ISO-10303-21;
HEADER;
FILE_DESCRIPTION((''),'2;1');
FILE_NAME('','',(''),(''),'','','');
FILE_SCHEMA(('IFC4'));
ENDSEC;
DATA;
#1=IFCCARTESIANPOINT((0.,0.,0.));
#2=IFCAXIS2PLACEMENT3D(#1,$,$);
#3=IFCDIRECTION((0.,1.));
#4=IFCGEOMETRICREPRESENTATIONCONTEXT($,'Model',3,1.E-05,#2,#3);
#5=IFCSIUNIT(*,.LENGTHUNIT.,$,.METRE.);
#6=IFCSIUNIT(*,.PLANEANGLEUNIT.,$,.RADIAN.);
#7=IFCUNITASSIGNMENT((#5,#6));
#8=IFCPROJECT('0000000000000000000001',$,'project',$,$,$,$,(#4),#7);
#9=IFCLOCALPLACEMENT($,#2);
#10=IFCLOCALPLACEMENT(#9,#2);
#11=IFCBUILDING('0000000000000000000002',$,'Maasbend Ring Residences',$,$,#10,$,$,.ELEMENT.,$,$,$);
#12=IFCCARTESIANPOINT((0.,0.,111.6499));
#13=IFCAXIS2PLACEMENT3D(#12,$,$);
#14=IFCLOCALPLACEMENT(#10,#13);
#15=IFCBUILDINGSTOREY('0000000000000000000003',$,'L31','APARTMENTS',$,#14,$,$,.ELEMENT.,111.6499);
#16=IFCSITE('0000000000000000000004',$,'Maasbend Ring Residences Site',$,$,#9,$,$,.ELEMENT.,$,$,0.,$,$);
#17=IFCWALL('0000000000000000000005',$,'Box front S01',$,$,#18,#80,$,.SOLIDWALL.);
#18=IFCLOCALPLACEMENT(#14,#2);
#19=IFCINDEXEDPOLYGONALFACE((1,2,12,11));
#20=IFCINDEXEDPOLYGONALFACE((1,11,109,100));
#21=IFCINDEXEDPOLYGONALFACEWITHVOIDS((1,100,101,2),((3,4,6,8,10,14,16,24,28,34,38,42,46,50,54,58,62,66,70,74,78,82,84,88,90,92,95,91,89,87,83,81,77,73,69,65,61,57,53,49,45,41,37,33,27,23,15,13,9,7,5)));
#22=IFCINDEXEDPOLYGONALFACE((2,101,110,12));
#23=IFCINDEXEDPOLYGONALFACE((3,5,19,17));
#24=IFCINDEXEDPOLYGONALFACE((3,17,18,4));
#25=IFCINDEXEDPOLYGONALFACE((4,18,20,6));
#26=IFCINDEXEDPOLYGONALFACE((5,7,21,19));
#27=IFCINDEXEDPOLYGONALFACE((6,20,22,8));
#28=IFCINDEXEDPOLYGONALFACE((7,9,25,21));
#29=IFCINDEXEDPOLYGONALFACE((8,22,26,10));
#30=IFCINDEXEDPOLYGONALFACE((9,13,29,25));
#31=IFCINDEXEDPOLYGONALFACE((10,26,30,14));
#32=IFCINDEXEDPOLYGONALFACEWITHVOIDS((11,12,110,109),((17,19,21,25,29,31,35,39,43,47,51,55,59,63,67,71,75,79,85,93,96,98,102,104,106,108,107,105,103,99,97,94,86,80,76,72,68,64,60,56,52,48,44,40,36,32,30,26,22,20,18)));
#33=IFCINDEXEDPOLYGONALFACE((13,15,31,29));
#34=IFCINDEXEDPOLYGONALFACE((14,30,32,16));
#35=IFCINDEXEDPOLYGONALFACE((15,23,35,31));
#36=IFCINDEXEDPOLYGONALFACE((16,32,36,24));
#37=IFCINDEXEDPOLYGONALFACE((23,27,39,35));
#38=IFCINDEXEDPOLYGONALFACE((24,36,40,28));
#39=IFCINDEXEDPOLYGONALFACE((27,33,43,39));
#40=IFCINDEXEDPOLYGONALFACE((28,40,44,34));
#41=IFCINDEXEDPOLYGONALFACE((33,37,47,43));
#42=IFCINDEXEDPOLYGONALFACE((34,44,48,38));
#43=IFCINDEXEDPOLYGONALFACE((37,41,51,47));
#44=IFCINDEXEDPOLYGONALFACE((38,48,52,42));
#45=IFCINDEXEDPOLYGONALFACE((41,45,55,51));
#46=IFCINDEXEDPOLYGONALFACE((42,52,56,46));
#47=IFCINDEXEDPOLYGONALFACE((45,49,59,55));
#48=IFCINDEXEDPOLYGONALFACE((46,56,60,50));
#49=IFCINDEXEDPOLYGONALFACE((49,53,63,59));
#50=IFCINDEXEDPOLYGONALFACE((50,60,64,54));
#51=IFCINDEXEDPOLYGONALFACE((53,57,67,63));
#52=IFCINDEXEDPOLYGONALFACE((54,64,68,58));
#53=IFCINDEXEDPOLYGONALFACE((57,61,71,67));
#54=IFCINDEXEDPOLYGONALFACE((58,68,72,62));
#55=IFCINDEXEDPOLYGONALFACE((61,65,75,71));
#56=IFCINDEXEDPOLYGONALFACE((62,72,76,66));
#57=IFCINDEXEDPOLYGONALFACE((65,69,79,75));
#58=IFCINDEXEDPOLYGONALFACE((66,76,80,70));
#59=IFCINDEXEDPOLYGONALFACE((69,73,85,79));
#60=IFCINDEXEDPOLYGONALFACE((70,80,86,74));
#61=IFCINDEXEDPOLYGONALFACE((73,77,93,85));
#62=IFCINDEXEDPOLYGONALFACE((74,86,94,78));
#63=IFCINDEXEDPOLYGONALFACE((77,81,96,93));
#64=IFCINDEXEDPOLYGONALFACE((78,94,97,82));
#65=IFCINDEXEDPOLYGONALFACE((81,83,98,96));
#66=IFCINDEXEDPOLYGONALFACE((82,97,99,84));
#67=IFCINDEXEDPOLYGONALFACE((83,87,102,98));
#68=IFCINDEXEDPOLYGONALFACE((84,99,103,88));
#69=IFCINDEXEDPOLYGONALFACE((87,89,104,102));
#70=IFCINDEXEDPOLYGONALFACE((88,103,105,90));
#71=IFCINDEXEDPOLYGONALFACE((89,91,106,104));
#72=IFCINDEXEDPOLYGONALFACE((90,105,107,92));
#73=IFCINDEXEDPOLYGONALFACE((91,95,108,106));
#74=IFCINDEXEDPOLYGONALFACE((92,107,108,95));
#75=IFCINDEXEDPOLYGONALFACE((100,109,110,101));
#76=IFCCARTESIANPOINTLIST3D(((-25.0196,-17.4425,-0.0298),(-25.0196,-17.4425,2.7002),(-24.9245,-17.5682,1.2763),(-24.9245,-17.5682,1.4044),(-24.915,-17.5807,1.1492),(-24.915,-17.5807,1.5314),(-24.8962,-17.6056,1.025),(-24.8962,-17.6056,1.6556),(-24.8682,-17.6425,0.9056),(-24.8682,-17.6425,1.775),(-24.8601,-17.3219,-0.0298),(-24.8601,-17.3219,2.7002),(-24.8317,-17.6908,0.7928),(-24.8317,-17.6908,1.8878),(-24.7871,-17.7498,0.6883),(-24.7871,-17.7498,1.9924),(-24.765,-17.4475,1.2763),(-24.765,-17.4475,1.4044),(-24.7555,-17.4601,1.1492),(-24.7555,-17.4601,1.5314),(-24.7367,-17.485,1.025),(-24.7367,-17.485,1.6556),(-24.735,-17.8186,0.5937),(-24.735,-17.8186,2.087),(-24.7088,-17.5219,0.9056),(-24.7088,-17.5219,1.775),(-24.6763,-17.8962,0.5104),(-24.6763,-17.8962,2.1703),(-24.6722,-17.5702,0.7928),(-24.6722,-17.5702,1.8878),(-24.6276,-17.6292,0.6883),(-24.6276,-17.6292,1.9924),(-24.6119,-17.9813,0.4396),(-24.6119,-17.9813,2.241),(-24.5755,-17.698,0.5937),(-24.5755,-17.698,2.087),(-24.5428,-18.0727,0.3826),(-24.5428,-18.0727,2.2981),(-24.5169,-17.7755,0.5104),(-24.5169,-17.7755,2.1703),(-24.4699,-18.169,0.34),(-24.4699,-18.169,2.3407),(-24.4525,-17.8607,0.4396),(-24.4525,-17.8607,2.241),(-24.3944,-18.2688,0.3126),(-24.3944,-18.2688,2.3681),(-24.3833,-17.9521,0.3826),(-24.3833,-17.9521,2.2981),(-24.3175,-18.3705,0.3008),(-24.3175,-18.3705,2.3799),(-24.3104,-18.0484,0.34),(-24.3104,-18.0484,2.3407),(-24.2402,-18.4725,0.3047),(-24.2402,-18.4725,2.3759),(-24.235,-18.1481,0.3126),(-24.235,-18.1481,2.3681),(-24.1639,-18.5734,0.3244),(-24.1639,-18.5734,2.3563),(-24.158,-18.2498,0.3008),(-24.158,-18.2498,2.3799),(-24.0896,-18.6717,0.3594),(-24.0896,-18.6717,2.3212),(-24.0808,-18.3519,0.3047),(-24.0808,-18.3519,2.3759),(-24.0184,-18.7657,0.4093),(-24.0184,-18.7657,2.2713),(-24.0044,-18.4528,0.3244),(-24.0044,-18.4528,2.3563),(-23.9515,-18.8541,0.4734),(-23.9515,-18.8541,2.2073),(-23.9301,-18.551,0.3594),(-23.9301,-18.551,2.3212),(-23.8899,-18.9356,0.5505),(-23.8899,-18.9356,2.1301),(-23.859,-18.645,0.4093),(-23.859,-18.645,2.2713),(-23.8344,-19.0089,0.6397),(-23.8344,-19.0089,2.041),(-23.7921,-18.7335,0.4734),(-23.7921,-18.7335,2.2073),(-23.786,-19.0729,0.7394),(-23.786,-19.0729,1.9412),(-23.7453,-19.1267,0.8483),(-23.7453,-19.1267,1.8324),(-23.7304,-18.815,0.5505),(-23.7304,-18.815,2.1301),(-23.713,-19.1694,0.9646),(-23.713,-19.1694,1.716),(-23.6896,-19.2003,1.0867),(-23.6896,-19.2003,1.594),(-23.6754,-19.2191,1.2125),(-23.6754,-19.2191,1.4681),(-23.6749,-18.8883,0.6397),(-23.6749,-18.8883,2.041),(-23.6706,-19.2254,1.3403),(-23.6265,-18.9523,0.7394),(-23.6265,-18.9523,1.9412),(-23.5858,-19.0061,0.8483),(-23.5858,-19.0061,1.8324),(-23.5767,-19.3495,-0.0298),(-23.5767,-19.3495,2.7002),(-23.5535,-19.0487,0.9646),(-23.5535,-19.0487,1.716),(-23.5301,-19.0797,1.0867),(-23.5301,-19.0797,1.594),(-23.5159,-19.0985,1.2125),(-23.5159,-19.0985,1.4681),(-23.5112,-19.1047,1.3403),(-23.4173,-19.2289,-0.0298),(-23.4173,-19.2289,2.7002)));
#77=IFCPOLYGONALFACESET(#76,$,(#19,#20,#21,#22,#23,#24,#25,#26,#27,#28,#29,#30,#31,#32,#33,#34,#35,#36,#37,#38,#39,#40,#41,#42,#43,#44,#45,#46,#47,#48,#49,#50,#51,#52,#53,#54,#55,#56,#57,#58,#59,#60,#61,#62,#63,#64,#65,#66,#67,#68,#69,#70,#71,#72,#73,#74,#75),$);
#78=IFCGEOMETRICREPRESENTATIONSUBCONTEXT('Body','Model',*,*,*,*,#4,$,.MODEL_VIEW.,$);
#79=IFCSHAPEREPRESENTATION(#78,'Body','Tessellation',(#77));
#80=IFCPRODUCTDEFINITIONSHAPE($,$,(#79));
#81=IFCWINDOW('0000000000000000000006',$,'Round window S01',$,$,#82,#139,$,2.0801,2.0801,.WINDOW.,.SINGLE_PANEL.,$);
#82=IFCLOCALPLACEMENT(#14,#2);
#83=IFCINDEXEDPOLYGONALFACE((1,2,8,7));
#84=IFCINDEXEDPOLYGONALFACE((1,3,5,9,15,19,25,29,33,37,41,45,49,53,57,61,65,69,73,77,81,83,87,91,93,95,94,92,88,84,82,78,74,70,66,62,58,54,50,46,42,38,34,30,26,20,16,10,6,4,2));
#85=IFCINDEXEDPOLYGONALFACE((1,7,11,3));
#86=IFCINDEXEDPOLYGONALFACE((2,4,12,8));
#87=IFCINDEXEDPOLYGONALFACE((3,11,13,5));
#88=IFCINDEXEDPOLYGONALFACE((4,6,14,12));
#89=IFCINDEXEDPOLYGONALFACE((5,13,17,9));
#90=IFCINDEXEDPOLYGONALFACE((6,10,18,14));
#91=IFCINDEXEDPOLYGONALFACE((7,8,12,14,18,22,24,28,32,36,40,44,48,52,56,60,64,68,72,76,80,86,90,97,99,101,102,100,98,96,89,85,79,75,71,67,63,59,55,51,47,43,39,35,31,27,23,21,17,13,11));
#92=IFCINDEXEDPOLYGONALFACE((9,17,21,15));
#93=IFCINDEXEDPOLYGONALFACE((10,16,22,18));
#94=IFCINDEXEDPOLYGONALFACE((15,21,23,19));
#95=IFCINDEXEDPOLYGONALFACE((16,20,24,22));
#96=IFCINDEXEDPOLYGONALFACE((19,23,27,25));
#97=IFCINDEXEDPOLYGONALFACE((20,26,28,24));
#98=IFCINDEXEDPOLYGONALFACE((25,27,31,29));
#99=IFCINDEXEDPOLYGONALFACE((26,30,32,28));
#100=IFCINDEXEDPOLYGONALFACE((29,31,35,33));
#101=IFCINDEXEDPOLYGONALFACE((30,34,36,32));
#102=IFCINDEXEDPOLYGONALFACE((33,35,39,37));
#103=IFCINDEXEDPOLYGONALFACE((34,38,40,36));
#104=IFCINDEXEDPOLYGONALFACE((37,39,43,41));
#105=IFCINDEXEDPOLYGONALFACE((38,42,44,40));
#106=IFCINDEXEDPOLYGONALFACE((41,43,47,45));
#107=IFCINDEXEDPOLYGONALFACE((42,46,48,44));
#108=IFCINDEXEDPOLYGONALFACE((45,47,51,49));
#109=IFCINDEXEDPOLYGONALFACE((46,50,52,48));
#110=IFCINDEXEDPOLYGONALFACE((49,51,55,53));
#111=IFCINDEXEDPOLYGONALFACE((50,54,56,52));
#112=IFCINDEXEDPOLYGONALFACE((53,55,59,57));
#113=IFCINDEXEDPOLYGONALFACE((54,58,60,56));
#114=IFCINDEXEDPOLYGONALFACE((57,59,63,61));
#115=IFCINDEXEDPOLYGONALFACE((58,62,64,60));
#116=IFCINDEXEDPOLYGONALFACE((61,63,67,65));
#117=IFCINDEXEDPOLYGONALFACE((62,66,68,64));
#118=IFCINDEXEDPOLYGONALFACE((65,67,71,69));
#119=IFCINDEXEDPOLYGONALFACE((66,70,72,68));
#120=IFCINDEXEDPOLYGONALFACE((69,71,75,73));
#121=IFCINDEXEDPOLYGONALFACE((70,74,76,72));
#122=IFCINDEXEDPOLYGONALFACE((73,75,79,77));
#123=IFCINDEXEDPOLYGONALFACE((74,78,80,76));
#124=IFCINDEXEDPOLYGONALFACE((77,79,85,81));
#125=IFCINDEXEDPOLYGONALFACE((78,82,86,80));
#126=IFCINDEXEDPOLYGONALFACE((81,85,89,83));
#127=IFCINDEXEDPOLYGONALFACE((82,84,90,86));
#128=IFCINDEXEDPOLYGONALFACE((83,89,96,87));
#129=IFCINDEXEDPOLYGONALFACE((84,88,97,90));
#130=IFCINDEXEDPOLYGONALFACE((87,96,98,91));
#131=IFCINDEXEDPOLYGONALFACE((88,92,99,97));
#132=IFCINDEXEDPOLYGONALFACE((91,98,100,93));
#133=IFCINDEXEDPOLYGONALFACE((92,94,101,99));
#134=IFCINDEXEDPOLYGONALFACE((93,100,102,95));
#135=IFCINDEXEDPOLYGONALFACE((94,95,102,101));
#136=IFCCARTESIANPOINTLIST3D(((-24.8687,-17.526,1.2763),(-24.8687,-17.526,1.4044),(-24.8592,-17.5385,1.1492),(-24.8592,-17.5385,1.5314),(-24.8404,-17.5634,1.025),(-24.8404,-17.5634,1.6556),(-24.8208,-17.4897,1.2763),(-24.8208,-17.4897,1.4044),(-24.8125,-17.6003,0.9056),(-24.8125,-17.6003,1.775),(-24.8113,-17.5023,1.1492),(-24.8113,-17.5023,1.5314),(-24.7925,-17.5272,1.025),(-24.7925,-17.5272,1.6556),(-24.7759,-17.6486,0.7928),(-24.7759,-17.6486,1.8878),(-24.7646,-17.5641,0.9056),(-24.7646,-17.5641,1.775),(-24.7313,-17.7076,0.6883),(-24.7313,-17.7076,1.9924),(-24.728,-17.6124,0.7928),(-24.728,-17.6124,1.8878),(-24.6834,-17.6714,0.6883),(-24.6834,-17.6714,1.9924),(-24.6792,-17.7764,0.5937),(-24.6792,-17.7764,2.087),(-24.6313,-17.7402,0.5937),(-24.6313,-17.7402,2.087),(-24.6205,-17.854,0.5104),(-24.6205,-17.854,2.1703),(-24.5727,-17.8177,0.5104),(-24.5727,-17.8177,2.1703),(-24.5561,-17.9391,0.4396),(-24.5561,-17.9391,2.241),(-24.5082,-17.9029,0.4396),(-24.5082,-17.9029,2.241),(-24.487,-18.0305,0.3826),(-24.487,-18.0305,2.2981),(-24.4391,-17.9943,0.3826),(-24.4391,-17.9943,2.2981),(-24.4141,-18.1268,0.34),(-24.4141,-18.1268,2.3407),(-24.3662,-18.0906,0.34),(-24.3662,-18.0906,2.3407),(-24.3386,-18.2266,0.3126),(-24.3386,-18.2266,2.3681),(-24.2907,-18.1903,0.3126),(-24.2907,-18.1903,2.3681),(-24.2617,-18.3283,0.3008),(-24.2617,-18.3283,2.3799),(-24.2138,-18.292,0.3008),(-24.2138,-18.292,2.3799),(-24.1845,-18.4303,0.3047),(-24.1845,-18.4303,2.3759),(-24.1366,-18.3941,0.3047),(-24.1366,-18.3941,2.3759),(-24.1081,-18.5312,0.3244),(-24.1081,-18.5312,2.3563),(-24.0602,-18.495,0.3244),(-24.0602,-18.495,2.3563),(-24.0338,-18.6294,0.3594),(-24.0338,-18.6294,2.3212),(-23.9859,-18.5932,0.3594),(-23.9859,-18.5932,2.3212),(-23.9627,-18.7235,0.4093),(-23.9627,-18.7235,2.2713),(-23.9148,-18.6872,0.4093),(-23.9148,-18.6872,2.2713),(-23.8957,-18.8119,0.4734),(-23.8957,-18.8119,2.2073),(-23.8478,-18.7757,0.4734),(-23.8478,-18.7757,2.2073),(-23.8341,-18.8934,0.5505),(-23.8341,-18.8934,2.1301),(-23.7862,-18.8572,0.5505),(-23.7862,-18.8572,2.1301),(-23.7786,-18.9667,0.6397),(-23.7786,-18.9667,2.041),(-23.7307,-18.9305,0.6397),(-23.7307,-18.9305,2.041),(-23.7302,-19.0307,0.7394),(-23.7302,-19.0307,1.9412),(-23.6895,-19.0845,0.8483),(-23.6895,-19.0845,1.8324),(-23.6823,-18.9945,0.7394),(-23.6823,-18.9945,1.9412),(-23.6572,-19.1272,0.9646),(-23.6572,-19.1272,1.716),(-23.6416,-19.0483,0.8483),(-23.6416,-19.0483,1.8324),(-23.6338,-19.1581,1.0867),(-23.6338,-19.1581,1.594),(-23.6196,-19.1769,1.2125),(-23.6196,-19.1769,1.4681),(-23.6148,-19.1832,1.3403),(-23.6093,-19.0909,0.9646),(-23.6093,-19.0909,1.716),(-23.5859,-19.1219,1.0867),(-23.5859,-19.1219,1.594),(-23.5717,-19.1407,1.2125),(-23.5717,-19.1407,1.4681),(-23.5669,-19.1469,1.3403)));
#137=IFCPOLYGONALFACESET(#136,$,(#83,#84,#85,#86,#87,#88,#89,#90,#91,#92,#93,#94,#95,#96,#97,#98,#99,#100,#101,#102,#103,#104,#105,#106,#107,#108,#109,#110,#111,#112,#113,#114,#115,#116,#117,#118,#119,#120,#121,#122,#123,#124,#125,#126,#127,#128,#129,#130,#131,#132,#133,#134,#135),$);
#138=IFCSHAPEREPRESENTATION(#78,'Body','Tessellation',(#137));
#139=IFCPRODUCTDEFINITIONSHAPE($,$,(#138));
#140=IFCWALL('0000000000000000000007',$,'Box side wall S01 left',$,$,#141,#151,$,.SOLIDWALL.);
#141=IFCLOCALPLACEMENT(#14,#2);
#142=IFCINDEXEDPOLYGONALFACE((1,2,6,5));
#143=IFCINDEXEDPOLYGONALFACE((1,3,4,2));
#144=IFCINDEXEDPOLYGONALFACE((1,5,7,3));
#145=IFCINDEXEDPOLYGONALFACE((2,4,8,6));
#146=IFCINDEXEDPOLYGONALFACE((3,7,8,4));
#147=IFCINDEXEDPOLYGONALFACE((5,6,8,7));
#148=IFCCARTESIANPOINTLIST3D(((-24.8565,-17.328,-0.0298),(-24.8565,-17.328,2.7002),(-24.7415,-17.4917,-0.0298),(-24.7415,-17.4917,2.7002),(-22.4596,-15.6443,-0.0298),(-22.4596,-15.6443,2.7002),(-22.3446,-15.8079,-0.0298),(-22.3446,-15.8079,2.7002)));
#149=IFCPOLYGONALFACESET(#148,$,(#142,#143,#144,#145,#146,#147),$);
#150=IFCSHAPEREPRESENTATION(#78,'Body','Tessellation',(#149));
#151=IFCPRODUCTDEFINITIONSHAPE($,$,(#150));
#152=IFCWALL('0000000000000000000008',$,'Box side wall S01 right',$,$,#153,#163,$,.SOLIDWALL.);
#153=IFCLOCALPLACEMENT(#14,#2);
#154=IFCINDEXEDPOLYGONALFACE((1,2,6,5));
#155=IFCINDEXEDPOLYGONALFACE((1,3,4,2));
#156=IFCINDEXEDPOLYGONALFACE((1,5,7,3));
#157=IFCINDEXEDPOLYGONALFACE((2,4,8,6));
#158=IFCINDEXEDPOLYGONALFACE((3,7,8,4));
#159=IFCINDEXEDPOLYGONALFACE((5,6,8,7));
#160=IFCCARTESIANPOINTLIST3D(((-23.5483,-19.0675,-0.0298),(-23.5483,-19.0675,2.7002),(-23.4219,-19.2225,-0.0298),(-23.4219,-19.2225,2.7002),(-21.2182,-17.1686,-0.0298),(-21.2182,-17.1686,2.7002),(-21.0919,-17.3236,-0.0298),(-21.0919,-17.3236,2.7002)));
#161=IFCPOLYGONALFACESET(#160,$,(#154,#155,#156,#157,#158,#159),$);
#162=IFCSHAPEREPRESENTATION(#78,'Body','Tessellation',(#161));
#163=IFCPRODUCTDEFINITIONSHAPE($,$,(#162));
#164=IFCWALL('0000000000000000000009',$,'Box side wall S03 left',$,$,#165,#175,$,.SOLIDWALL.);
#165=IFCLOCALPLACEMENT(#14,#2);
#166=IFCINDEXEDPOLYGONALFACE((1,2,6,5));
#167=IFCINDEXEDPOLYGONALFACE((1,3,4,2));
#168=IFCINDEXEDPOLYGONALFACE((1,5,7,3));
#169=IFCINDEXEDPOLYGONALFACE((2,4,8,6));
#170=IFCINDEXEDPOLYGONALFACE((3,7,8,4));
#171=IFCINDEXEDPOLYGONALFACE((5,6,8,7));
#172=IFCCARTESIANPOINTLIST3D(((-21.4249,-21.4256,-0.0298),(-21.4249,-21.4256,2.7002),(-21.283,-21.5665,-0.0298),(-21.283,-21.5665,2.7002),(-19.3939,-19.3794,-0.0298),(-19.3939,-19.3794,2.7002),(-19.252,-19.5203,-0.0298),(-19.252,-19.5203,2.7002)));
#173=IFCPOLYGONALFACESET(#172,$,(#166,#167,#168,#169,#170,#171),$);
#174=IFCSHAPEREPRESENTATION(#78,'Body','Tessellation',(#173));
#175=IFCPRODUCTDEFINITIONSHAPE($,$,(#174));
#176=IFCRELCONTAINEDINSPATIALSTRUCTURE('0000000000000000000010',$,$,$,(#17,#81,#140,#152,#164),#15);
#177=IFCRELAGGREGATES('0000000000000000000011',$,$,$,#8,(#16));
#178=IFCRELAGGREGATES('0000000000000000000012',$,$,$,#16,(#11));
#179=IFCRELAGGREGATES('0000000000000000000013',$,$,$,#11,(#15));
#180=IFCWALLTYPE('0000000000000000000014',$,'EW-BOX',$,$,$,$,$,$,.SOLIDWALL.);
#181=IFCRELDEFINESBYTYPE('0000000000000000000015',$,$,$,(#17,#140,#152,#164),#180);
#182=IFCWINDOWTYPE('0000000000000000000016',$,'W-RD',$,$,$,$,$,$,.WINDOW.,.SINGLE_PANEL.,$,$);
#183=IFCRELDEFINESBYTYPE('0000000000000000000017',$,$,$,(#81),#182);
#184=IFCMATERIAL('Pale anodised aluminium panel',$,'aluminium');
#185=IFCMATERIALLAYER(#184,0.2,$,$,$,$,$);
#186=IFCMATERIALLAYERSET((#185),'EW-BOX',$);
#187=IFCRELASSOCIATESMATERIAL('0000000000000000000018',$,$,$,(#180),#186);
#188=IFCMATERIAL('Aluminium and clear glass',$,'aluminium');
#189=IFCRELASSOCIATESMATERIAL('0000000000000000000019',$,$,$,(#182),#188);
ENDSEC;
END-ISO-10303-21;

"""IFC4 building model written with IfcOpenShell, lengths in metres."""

from ifc_helpers import new_model, si_unit, direction, frame, frame_2d, origin, place, context, subcontext, project, spatial, rectangle, circle, extrude, material, layer, layer_set, type_object, element, fill, save


model = new_model("IFC4")

# Units and contexts
model_context = context("Model", 3, precision=1e-05, world=origin(), true_north=direction((0.0, 1.0)))
body_context = subcontext(model_context, "Body", "Model", "MODEL_VIEW")
ifc_project = project(units=[si_unit("LENGTHUNIT", "METRE"), si_unit("PLANEANGLEUNIT", "RADIAN")], contexts=[model_context])

# Site, building, storey
site_placement = place(None, origin())
site = spatial("IfcSite", under=ifc_project, at=site_placement, Name="Maasbend Ring Residences Site", CompositionType="ELEMENT", RefElevation=0.0)
building_placement = place(site_placement, origin())
building = spatial("IfcBuilding", under=site, at=building_placement, Name="Maasbend Ring Residences", CompositionType="ELEMENT")
storey_placement = place(building_placement, frame((0.0, 0.0, 111.6499)))
storey = spatial("IfcBuildingStorey", under=building, at=storey_placement, Name="L31", Description="APARTMENTS", CompositionType="ELEMENT", Elevation=111.6499)

# Wall, opening, window
ifc_material_1 = material(Name="Pale anodised aluminium panel", Category="aluminium")
ifc_layer_1 = layer(ifc_material_1, 0.2)
ifc_layer_set_1 = layer_set([ifc_layer_1], Name="EW-BOX")
wall_type_1 = type_object("IfcWallType", Name="EW-BOX", PredefinedType="SOLIDWALL", material=ifc_layer_set_1)
wall_1_placement = place(storey_placement, frame((-24.9399, -17.3821, -0.0298), z_axis=(0.0, 0.0, 1.0), x_axis=(0.603376, -0.797457, 0.0)))
wall_1 = element("IfcWall", 1, at=wall_1_placement, inside=storey, type_object=wall_type_1, Name="Box front S01", PredefinedType="SOLIDWALL", context=body_context, shape_type="SweptSolid", body=[
    extrude(rectangle(XDim=2.3914, YDim=0.2, at=frame_2d((1.1958, 0.0))), origin(), (0.0, 0.0, 1.0), 2.73),
])
opening_1_placement = place(wall_1_placement, frame((0.1558, 0.0, 0.3301)))
opening_1 = element("IfcOpeningElement", 2, at=opening_1_placement, cuts=wall_1, PredefinedType="OPENING", context=body_context, shape_type="SweptSolid", body=[
    extrude(circle(Radius=1.04, at=frame_2d((1.04, 1.04))), frame((0.0, 0.1099, 0.0), z_axis=(0.0, -1.0, 0.0), x_axis=(1.0, 0.0, 0.0)), (0.0, 0.0, 1.0), 0.22),
])
ifc_material_2 = material(Name="Aluminium and clear glass", Category="aluminium")
window_type_1 = type_object("IfcWindowType", Name="W-RD", PartitioningType="SINGLE_PANEL", PredefinedType="WINDOW", material=ifc_material_2)
window_1_placement = place(opening_1_placement, origin())
window_1 = element("IfcWindow", 3, at=window_1_placement, inside=storey, type_object=window_type_1, Name="Round window S01", OverallHeight=2.0801, OverallWidth=2.0801, PartitioningType="SINGLE_PANEL", PredefinedType="WINDOW", context=body_context, shape_type="SweptSolid", body=[
    extrude(circle(Radius=1.04, at=frame_2d((1.04, 1.04))), frame((0.0, 0.03, 0.0), z_axis=(0.0, -1.0, 0.0), x_axis=(1.0, 0.0, 0.0)), (0.0, 0.0, 1.0), 0.0601),
])
fill(opening_1, window_1)

# Walls
wall_2_placement = place(storey_placement, frame((-22.4021, -15.7261, -0.0298), z_axis=(0.0, 0.0, 1.0), x_axis=(-0.818275, -0.574826, 0.0)))
element("IfcWall", 4, at=wall_2_placement, inside=storey, type_object=wall_type_1, Name="Box side wall S01 left", PredefinedType="SOLIDWALL", context=body_context, shape_type="SweptSolid", body=[
    extrude(rectangle(XDim=2.9292, YDim=0.2, at=frame_2d((1.4646, 0.0))), origin(), (0.0, 0.0, 1.0), 2.73),
])
wall_3_placement = place(storey_placement, frame((-21.155, -17.2461, -0.0298), z_axis=(0.0, 0.0, 1.0), x_axis=(-0.775179, -0.631742, 0.0)))
element("IfcWall", 5, at=wall_3_placement, inside=storey, type_object=wall_type_1, Name="Box side wall S01 right", PredefinedType="SOLIDWALL", context=body_context, shape_type="SweptSolid", body=[
    extrude(rectangle(XDim=3.0059, YDim=0.2, at=frame_2d((1.5029, 0.0))), origin(), (0.0, 0.0, 1.0), 2.73),
])
wall_4_placement = place(storey_placement, frame((-19.323, -19.45, -0.0298), z_axis=(0.0, 0.0, 1.0), x_axis=(-0.704477, -0.709727, 0.0)))
element("IfcWall", 6, at=wall_4_placement, inside=storey, type_object=wall_type_1, Name="Box side wall S03 left", PredefinedType="SOLIDWALL", context=body_context, shape_type="SweptSolid", body=[
    extrude(rectangle(XDim=2.8831, YDim=0.2, at=frame_2d((1.4414, 0.0))), origin(), (0.0, 0.0, 1.0), 2.73),
])

save(model, "model.ifc")
